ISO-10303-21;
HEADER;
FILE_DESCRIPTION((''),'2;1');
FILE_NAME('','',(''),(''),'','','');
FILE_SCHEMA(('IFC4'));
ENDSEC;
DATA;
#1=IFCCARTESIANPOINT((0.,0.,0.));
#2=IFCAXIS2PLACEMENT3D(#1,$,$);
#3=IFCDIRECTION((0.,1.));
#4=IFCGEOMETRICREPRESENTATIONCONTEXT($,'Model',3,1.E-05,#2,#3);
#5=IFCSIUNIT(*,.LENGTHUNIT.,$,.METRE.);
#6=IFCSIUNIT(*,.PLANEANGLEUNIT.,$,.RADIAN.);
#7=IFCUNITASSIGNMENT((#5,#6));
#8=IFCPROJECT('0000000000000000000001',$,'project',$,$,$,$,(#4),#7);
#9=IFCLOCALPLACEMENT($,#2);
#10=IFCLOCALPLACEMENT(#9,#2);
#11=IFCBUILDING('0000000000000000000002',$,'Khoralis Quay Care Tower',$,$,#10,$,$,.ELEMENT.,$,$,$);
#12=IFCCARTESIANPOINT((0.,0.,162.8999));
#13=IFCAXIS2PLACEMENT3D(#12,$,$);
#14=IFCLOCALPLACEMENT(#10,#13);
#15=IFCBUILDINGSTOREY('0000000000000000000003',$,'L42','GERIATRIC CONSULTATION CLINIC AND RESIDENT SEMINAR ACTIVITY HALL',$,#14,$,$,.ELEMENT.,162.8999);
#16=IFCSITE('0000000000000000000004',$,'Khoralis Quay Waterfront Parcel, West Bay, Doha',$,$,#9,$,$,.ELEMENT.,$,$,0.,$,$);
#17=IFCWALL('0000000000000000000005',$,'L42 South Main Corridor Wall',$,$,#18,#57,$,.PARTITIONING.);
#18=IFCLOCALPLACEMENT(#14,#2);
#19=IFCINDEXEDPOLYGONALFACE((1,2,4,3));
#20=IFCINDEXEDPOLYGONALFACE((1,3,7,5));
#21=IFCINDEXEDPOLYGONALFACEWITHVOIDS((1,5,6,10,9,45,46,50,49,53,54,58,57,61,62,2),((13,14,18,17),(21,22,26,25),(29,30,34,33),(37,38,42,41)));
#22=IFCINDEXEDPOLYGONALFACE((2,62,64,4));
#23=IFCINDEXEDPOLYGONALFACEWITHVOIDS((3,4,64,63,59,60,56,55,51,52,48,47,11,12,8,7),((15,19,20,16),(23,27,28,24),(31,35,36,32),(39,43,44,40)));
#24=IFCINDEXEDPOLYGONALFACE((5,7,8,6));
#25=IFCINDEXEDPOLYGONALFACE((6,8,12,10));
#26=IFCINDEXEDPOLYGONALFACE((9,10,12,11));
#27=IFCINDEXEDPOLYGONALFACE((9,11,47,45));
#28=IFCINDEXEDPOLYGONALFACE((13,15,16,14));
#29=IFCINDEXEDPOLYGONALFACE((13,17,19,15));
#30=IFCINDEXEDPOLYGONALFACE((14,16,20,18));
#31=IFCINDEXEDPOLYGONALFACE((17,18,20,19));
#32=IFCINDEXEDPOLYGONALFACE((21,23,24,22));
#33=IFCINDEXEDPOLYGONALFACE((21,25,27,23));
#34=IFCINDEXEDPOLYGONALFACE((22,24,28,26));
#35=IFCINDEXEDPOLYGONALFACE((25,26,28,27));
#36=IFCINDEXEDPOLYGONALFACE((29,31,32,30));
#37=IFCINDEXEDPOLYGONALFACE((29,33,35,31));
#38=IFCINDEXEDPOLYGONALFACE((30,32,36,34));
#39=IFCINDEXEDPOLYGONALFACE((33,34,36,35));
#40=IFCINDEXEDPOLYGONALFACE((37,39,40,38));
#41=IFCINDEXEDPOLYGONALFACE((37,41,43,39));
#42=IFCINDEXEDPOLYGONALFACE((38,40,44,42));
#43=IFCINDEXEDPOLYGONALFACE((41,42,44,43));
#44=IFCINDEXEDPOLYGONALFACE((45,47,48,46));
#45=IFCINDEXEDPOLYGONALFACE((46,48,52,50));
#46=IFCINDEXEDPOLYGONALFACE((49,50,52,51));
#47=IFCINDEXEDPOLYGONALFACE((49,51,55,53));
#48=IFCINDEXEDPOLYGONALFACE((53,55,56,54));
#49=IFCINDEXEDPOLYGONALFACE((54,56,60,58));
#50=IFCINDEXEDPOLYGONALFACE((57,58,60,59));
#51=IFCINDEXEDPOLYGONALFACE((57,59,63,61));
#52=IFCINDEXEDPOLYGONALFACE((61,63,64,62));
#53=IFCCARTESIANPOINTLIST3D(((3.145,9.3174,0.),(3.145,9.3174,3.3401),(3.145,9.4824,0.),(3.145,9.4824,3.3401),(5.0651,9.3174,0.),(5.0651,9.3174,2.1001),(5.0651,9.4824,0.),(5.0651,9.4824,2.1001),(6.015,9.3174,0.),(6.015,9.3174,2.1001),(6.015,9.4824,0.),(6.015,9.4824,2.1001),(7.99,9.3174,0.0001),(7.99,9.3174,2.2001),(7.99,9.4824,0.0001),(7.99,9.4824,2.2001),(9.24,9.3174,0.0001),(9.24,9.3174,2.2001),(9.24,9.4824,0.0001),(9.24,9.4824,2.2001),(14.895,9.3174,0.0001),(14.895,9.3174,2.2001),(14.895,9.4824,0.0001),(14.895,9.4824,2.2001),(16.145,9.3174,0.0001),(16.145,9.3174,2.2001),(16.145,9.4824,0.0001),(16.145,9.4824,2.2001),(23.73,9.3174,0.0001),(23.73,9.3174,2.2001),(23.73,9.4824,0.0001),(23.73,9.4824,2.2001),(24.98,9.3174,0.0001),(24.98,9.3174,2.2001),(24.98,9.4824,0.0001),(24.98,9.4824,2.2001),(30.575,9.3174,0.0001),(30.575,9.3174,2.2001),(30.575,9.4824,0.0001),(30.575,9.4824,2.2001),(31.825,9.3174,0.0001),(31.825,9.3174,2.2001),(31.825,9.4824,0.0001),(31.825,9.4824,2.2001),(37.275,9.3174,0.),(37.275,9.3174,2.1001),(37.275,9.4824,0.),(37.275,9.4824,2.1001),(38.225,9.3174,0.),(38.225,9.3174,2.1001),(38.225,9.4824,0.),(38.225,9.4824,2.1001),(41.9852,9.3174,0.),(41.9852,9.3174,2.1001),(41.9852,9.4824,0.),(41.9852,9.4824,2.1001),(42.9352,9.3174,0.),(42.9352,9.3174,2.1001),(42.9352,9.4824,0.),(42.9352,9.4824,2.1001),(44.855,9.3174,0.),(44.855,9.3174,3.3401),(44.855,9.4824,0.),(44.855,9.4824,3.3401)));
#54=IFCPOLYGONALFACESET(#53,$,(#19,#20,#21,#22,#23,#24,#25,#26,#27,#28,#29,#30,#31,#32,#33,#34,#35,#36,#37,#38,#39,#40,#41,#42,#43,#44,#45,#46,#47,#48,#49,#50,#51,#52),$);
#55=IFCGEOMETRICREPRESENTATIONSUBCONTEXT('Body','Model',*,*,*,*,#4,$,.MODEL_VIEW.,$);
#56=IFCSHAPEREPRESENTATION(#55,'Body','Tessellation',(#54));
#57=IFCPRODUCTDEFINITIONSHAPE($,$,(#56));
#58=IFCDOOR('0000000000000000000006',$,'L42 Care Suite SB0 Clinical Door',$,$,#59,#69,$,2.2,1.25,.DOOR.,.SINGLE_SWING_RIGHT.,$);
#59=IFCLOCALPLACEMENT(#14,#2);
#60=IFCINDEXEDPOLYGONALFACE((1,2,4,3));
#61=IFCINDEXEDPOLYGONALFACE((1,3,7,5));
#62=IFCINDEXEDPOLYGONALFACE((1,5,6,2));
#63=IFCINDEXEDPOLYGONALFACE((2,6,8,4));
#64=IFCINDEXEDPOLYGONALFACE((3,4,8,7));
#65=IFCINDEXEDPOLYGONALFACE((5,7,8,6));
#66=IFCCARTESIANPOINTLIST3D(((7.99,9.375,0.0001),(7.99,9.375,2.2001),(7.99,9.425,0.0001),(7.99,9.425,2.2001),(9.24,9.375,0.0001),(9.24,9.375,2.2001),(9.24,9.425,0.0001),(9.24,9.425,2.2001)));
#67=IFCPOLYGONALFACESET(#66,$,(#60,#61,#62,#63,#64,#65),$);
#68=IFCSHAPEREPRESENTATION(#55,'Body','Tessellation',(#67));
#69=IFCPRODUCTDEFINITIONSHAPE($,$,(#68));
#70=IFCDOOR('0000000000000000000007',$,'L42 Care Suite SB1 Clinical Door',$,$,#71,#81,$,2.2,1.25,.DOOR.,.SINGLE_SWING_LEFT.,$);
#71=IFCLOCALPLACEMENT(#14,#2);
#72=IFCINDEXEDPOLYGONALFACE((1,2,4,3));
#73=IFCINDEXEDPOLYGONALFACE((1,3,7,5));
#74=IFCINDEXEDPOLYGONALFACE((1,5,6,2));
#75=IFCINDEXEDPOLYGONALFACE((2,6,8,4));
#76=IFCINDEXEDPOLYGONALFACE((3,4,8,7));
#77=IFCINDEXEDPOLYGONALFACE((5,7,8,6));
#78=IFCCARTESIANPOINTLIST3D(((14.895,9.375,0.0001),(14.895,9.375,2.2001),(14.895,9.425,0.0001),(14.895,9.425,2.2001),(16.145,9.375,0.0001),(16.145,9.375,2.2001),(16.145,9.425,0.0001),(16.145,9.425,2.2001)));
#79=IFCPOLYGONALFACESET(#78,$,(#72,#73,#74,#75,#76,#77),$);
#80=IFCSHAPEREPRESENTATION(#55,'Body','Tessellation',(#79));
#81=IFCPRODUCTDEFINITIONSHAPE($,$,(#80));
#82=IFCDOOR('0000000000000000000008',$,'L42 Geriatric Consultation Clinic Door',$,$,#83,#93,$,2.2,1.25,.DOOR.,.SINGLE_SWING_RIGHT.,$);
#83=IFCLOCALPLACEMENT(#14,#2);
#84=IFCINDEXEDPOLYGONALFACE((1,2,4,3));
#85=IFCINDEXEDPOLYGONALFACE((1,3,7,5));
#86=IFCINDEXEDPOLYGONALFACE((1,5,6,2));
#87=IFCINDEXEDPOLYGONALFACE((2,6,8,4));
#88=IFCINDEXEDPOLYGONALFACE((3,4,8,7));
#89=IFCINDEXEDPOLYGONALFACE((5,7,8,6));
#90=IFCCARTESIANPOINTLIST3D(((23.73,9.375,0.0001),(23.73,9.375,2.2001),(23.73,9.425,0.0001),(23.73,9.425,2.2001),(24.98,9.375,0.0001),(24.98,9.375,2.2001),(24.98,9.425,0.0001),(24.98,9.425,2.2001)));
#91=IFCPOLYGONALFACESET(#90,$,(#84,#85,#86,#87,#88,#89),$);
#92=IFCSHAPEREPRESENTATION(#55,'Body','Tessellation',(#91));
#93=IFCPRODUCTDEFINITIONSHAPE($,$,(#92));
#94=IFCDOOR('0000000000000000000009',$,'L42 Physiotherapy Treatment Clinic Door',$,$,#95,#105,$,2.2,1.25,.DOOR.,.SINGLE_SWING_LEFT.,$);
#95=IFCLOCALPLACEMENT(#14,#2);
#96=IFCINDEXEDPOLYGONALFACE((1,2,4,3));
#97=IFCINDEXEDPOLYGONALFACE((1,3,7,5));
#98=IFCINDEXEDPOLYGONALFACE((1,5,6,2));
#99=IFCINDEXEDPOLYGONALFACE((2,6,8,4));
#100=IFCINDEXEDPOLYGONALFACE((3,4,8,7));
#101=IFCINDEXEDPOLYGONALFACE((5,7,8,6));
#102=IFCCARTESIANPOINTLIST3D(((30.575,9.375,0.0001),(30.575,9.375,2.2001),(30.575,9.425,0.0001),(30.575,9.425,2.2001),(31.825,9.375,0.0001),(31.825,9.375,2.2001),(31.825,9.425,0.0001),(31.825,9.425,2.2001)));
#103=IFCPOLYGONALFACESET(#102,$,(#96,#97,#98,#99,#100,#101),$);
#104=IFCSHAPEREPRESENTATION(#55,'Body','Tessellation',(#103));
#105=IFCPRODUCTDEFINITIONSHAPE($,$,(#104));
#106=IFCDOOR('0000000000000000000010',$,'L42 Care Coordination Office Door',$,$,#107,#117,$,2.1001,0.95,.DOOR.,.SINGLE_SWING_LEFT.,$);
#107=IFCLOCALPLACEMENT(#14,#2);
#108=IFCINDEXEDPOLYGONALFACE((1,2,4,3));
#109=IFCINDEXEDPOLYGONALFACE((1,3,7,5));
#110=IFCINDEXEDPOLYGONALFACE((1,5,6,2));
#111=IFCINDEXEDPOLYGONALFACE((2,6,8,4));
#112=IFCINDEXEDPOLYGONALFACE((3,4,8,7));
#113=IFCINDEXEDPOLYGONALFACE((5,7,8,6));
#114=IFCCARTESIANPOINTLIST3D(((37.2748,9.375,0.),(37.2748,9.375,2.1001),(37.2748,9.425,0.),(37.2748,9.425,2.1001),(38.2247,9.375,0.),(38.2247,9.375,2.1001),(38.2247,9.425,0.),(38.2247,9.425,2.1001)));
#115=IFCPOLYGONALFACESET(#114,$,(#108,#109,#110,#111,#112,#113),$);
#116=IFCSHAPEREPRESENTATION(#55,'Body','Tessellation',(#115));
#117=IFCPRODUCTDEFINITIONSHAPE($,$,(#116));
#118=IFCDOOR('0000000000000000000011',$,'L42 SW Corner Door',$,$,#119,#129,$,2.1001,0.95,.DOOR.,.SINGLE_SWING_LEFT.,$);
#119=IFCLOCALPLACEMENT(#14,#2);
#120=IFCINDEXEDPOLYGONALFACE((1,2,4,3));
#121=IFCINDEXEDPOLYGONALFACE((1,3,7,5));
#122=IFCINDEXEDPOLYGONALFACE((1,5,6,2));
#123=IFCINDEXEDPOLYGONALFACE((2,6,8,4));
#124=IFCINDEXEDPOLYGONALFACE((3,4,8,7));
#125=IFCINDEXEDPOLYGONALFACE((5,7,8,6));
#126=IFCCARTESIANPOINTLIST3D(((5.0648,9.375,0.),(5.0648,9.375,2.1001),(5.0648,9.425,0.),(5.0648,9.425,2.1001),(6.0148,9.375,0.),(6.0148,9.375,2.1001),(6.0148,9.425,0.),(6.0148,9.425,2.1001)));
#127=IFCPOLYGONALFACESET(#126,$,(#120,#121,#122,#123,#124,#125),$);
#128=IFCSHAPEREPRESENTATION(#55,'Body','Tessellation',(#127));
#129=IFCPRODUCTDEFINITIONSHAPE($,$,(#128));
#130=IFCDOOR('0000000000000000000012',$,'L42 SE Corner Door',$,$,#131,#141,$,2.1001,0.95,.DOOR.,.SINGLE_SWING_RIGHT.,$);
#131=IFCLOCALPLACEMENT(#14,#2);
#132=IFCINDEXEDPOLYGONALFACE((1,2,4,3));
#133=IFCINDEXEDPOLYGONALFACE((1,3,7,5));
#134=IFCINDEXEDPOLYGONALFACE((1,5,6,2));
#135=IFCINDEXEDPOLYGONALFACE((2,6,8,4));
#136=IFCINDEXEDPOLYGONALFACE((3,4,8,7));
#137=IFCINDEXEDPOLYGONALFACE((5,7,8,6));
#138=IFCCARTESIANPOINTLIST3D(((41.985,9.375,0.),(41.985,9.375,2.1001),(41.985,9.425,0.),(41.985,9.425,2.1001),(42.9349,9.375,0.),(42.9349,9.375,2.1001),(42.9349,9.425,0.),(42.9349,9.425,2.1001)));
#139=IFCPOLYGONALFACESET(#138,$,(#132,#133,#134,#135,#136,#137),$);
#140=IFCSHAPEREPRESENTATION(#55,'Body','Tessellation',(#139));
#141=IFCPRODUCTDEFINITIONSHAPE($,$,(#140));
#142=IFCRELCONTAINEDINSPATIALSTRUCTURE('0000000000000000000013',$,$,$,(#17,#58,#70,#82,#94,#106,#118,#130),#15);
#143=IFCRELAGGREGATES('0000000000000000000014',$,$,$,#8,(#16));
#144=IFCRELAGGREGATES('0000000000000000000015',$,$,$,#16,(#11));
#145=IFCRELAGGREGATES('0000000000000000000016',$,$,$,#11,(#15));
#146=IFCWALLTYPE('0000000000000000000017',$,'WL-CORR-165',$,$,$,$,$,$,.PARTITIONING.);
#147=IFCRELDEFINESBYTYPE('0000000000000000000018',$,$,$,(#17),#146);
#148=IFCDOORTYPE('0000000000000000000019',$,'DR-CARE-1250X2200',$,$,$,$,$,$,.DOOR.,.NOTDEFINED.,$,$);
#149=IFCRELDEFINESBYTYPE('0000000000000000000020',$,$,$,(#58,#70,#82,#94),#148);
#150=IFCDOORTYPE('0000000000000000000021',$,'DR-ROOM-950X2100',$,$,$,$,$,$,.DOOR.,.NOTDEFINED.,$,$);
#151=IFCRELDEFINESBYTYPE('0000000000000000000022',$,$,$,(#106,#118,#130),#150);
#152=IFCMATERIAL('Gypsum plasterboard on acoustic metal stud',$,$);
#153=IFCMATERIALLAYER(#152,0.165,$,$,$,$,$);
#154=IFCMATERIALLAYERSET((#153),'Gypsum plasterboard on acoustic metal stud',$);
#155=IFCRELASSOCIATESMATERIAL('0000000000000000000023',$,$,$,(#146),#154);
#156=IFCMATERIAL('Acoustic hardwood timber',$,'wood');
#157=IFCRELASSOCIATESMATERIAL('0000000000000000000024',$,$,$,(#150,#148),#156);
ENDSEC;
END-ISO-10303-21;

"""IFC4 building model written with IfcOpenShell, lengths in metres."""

from ifc_helpers import new_model, si_unit, direction, frame, frame_2d, origin, place, context, subcontext, project, spatial, rectangle, extrude, source, transform, mapped, material, layer, layer_set, type_object, element, fill, save


model = new_model("IFC4")

# Units and contexts
model_context = context("Model", 3, precision=1e-05, world=origin(), true_north=direction((0.0, 1.0)))
body_context = subcontext(model_context, "Body", "Model", "MODEL_VIEW")
ifc_project = project(units=[si_unit("LENGTHUNIT", "METRE"), si_unit("PLANEANGLEUNIT", "RADIAN")], contexts=[model_context])

# Site, building, storey
site_placement = place(None, origin())
site = spatial("IfcSite", under=ifc_project, at=site_placement, Name="Khoralis Quay Waterfront Parcel, West Bay, Doha", CompositionType="ELEMENT", RefElevation=0.0)
building_placement = place(site_placement, origin())
building = spatial("IfcBuilding", under=site, at=building_placement, Name="Khoralis Quay Care Tower", CompositionType="ELEMENT")
storey_placement = place(building_placement, frame((0.0, 0.0, 162.8999)))
storey = spatial("IfcBuildingStorey", under=building, at=storey_placement, Name="L42", Description="GERIATRIC CONSULTATION CLINIC AND RESIDENT SEMINAR ACTIVITY HALL", CompositionType="ELEMENT", Elevation=162.8999)

# Wall, openings, doors
ifc_material_1 = material(Name="Gypsum plasterboard on acoustic metal stud")
ifc_layer_1 = layer(ifc_material_1, 0.165)
ifc_layer_set_1 = layer_set([ifc_layer_1], Name="Gypsum plasterboard on acoustic metal stud")
wall_type_1 = type_object("IfcWallType", Name="WL-CORR-165", PredefinedType="PARTITIONING", material=ifc_layer_set_1)
ifc_material_2 = material(Name="Acoustic hardwood timber", Category="wood")
door_type_1 = type_object("IfcDoorType", Name="DR-ROOM-950X2100", OperationType="NOTDEFINED", PredefinedType="DOOR", material=ifc_material_2)
shared_shape_1 = source(origin(), body_context, "Body", "SweptSolid", [
    extrude(rectangle(XDim=0.95, YDim=2.1001, at=frame_2d((0.4751, 1.05))), frame((0.0, 0.0249, 0.0), z_axis=(0.0, -1.0, 0.0), x_axis=(1.0, 0.0, 0.0)), (0.0, 0.0, 1.0), 0.05),
])
wall_1_placement = place(storey_placement, frame((3.145, 9.3999, 0.0), z_axis=(0.0, 0.0, 1.0), x_axis=(1.0, 0.0, 0.0)))
wall_1 = element("IfcWall", 1, at=wall_1_placement, inside=storey, type_object=wall_type_1, Name="L42 South Main Corridor Wall", PredefinedType="PARTITIONING", context=body_context, shape_type="SweptSolid", body=[
    extrude(rectangle(XDim=41.71, YDim=0.165, at=frame_2d((20.855, 0.0))), origin(), (0.0, 0.0, 1.0), 3.3401),
])
opening_1_placement = place(wall_1_placement, frame((4.845, 0.0, 0.0)))
opening_1 = element("IfcOpeningElement", 2, at=opening_1_placement, cuts=wall_1, PredefinedType="OPENING", context=body_context, shape_type="SweptSolid", body=[
    extrude(rectangle(XDim=1.25, YDim=2.2, at=frame_2d((0.625, 1.1001))), frame((0.0, 0.0925, 0.0), z_axis=(0.0, -1.0, 0.0), x_axis=(1.0, 0.0, 0.0)), (0.0, 0.0, 1.0), 0.1851),
])
opening_2_placement = place(wall_1_placement, frame((11.75, 0.0, 0.0)))
opening_2 = element("IfcOpeningElement", 3, at=opening_2_placement, cuts=wall_1, PredefinedType="OPENING", context=body_context, shape_type="SweptSolid", body=[
    extrude(rectangle(XDim=1.25, YDim=2.2, at=frame_2d((0.625, 1.1001))), frame((0.0, 0.0925, 0.0), z_axis=(0.0, -1.0, 0.0), x_axis=(1.0, 0.0, 0.0)), (0.0, 0.0, 1.0), 0.1851),
])
opening_3_placement = place(wall_1_placement, frame((20.585, 0.0, 0.0)))
opening_3 = element("IfcOpeningElement", 4, at=opening_3_placement, cuts=wall_1, PredefinedType="OPENING", context=body_context, shape_type="SweptSolid", body=[
    extrude(rectangle(XDim=1.25, YDim=2.2, at=frame_2d((0.625, 1.1001))), frame((0.0, 0.0925, 0.0), z_axis=(0.0, -1.0, 0.0), x_axis=(1.0, 0.0, 0.0)), (0.0, 0.0, 1.0), 0.1851),
])
opening_4_placement = place(wall_1_placement, frame((27.4299, 0.0, 0.0)))
opening_4 = element("IfcOpeningElement", 5, at=opening_4_placement, cuts=wall_1, PredefinedType="OPENING", context=body_context, shape_type="SweptSolid", body=[
    extrude(rectangle(XDim=1.25, YDim=2.2, at=frame_2d((0.625, 1.1001))), frame((0.0, 0.0925, 0.0), z_axis=(0.0, -1.0, 0.0), x_axis=(1.0, 0.0, 0.0)), (0.0, 0.0, 1.0), 0.1851),
])
opening_5_placement = place(wall_1_placement, frame((34.1299, 0.0, 0.0)))
opening_5 = element("IfcOpeningElement", 6, at=opening_5_placement, cuts=wall_1, PredefinedType="OPENING", context=body_context, shape_type="SweptSolid", body=[
    extrude(rectangle(XDim=0.95, YDim=2.1001, at=frame_2d((0.4751, 1.05))), frame((0.0, 0.0925, 0.0), z_axis=(0.0, -1.0, 0.0), x_axis=(1.0, 0.0, 0.0)), (0.0, 0.0, 1.0), 0.1851),
])
opening_6_placement = place(wall_1_placement, frame((1.9199, 0.0, 0.0)))
opening_6 = element("IfcOpeningElement", 7, at=opening_6_placement, cuts=wall_1, PredefinedType="OPENING", context=body_context, shape_type="SweptSolid", body=[
    extrude(rectangle(XDim=0.95, YDim=2.1001, at=frame_2d((0.4751, 1.05))), frame((0.0, 0.0925, 0.0), z_axis=(0.0, -1.0, 0.0), x_axis=(1.0, 0.0, 0.0)), (0.0, 0.0, 1.0), 0.1851),
])
opening_7_placement = place(wall_1_placement, frame((38.8401, 0.0, 0.0)))
opening_7 = element("IfcOpeningElement", 8, at=opening_7_placement, cuts=wall_1, PredefinedType="OPENING", context=body_context, shape_type="SweptSolid", body=[
    extrude(rectangle(XDim=0.95, YDim=2.1001, at=frame_2d((0.4751, 1.05))), frame((0.0, 0.0925, 0.0), z_axis=(0.0, -1.0, 0.0), x_axis=(1.0, 0.0, 0.0)), (0.0, 0.0, 1.0), 0.1851),
])
door_type_2 = type_object("IfcDoorType", Name="DR-CARE-1250X2200", OperationType="NOTDEFINED", PredefinedType="DOOR", material=ifc_material_2)
shared_shape_2 = source(origin(), body_context, "Body", "SweptSolid", [
    extrude(rectangle(XDim=1.25, YDim=2.2, at=frame_2d((0.625, 1.1001))), frame((0.0, 0.0249, 0.0), z_axis=(0.0, -1.0, 0.0), x_axis=(1.0, 0.0, 0.0)), (0.0, 0.0, 1.0), 0.05),
])
door_1_placement = place(opening_1_placement, frame((1.25, 0.0, 0.0), z_axis=(0.0, 0.0, 1.0), x_axis=(-1.0, 0.0, 0.0)))
door_1 = element("IfcDoor", 9, at=door_1_placement, inside=storey, type_object=door_type_2, Name="L42 Care Suite SB0 Clinical Door", OperationType="SINGLE_SWING_RIGHT", OverallHeight=2.2, OverallWidth=1.25, PredefinedType="DOOR", context=body_context, shape_type="MappedRepresentation", body=[
    mapped(shared_shape_2, transform((0.0, 0.0, 0.0), scale=1.0)),
])
fill(opening_1, door_1)
door_2_placement = place(opening_2_placement, frame((1.25, 0.0, 0.0), z_axis=(0.0, 0.0, 1.0), x_axis=(-1.0, 0.0, 0.0)))
door_2 = element("IfcDoor", 10, at=door_2_placement, inside=storey, type_object=door_type_2, Name="L42 Care Suite SB1 Clinical Door", OperationType="SINGLE_SWING_LEFT", OverallHeight=2.2, OverallWidth=1.25, PredefinedType="DOOR", context=body_context, shape_type="MappedRepresentation", body=[
    mapped(shared_shape_2, transform((0.0, 0.0, 0.0), scale=1.0)),
])
fill(opening_2, door_2)
door_3_placement = place(opening_3_placement, frame((1.25, 0.0, 0.0), z_axis=(0.0, 0.0, 1.0), x_axis=(-1.0, 0.0, 0.0)))
door_3 = element("IfcDoor", 11, at=door_3_placement, inside=storey, type_object=door_type_2, Name="L42 Geriatric Consultation Clinic Door", OperationType="SINGLE_SWING_RIGHT", OverallHeight=2.2, OverallWidth=1.25, PredefinedType="DOOR", context=body_context, shape_type="MappedRepresentation", body=[
    mapped(shared_shape_2, transform((0.0, 0.0, 0.0), scale=1.0)),
])
fill(opening_3, door_3)
door_4_placement = place(opening_4_placement, frame((1.25, 0.0, 0.0), z_axis=(0.0, 0.0, 1.0), x_axis=(-1.0, 0.0, 0.0)))
door_4 = element("IfcDoor", 12, at=door_4_placement, inside=storey, type_object=door_type_2, Name="L42 Physiotherapy Treatment Clinic Door", OperationType="SINGLE_SWING_LEFT", OverallHeight=2.2, OverallWidth=1.25, PredefinedType="DOOR", context=body_context, shape_type="MappedRepresentation", body=[
    mapped(shared_shape_2, transform((0.0, 0.0, 0.0), scale=1.0)),
])
fill(opening_4, door_4)
door_5_placement = place(opening_5_placement, frame((0.95, 0.0, 0.0), z_axis=(0.0, 0.0, 1.0), x_axis=(-1.0, 0.0, 0.0)))
door_5 = element("IfcDoor", 13, at=door_5_placement, inside=storey, type_object=door_type_1, Name="L42 Care Coordination Office Door", OperationType="SINGLE_SWING_LEFT", OverallHeight=2.1001, OverallWidth=0.95, PredefinedType="DOOR", context=body_context, shape_type="MappedRepresentation", body=[
    mapped(shared_shape_1, transform((0.0, 0.0, 0.0), scale=1.0)),
])
fill(opening_5, door_5)
door_6_placement = place(opening_6_placement, frame((0.95, 0.0, 0.0), z_axis=(0.0, 0.0, 1.0), x_axis=(-1.0, 0.0, 0.0)))
door_6 = element("IfcDoor", 14, at=door_6_placement, inside=storey, type_object=door_type_1, Name="L42 SW Corner Door", OperationType="SINGLE_SWING_LEFT", OverallHeight=2.1001, OverallWidth=0.95, PredefinedType="DOOR", context=body_context, shape_type="MappedRepresentation", body=[
    mapped(shared_shape_1, transform((0.0, 0.0, 0.0), scale=1.0)),
])
fill(opening_6, door_6)
door_7_placement = place(opening_7_placement, frame((0.95, 0.0, 0.0), z_axis=(0.0, 0.0, 1.0), x_axis=(-1.0, 0.0, 0.0)))
door_7 = element("IfcDoor", 15, at=door_7_placement, inside=storey, type_object=door_type_1, Name="L42 SE Corner Door", OperationType="SINGLE_SWING_RIGHT", OverallHeight=2.1001, OverallWidth=0.95, PredefinedType="DOOR", context=body_context, shape_type="MappedRepresentation", body=[
    mapped(shared_shape_1, transform((0.0, 0.0, 0.0), scale=1.0)),
])
fill(opening_7, door_7)

save(model, "model.ifc")
